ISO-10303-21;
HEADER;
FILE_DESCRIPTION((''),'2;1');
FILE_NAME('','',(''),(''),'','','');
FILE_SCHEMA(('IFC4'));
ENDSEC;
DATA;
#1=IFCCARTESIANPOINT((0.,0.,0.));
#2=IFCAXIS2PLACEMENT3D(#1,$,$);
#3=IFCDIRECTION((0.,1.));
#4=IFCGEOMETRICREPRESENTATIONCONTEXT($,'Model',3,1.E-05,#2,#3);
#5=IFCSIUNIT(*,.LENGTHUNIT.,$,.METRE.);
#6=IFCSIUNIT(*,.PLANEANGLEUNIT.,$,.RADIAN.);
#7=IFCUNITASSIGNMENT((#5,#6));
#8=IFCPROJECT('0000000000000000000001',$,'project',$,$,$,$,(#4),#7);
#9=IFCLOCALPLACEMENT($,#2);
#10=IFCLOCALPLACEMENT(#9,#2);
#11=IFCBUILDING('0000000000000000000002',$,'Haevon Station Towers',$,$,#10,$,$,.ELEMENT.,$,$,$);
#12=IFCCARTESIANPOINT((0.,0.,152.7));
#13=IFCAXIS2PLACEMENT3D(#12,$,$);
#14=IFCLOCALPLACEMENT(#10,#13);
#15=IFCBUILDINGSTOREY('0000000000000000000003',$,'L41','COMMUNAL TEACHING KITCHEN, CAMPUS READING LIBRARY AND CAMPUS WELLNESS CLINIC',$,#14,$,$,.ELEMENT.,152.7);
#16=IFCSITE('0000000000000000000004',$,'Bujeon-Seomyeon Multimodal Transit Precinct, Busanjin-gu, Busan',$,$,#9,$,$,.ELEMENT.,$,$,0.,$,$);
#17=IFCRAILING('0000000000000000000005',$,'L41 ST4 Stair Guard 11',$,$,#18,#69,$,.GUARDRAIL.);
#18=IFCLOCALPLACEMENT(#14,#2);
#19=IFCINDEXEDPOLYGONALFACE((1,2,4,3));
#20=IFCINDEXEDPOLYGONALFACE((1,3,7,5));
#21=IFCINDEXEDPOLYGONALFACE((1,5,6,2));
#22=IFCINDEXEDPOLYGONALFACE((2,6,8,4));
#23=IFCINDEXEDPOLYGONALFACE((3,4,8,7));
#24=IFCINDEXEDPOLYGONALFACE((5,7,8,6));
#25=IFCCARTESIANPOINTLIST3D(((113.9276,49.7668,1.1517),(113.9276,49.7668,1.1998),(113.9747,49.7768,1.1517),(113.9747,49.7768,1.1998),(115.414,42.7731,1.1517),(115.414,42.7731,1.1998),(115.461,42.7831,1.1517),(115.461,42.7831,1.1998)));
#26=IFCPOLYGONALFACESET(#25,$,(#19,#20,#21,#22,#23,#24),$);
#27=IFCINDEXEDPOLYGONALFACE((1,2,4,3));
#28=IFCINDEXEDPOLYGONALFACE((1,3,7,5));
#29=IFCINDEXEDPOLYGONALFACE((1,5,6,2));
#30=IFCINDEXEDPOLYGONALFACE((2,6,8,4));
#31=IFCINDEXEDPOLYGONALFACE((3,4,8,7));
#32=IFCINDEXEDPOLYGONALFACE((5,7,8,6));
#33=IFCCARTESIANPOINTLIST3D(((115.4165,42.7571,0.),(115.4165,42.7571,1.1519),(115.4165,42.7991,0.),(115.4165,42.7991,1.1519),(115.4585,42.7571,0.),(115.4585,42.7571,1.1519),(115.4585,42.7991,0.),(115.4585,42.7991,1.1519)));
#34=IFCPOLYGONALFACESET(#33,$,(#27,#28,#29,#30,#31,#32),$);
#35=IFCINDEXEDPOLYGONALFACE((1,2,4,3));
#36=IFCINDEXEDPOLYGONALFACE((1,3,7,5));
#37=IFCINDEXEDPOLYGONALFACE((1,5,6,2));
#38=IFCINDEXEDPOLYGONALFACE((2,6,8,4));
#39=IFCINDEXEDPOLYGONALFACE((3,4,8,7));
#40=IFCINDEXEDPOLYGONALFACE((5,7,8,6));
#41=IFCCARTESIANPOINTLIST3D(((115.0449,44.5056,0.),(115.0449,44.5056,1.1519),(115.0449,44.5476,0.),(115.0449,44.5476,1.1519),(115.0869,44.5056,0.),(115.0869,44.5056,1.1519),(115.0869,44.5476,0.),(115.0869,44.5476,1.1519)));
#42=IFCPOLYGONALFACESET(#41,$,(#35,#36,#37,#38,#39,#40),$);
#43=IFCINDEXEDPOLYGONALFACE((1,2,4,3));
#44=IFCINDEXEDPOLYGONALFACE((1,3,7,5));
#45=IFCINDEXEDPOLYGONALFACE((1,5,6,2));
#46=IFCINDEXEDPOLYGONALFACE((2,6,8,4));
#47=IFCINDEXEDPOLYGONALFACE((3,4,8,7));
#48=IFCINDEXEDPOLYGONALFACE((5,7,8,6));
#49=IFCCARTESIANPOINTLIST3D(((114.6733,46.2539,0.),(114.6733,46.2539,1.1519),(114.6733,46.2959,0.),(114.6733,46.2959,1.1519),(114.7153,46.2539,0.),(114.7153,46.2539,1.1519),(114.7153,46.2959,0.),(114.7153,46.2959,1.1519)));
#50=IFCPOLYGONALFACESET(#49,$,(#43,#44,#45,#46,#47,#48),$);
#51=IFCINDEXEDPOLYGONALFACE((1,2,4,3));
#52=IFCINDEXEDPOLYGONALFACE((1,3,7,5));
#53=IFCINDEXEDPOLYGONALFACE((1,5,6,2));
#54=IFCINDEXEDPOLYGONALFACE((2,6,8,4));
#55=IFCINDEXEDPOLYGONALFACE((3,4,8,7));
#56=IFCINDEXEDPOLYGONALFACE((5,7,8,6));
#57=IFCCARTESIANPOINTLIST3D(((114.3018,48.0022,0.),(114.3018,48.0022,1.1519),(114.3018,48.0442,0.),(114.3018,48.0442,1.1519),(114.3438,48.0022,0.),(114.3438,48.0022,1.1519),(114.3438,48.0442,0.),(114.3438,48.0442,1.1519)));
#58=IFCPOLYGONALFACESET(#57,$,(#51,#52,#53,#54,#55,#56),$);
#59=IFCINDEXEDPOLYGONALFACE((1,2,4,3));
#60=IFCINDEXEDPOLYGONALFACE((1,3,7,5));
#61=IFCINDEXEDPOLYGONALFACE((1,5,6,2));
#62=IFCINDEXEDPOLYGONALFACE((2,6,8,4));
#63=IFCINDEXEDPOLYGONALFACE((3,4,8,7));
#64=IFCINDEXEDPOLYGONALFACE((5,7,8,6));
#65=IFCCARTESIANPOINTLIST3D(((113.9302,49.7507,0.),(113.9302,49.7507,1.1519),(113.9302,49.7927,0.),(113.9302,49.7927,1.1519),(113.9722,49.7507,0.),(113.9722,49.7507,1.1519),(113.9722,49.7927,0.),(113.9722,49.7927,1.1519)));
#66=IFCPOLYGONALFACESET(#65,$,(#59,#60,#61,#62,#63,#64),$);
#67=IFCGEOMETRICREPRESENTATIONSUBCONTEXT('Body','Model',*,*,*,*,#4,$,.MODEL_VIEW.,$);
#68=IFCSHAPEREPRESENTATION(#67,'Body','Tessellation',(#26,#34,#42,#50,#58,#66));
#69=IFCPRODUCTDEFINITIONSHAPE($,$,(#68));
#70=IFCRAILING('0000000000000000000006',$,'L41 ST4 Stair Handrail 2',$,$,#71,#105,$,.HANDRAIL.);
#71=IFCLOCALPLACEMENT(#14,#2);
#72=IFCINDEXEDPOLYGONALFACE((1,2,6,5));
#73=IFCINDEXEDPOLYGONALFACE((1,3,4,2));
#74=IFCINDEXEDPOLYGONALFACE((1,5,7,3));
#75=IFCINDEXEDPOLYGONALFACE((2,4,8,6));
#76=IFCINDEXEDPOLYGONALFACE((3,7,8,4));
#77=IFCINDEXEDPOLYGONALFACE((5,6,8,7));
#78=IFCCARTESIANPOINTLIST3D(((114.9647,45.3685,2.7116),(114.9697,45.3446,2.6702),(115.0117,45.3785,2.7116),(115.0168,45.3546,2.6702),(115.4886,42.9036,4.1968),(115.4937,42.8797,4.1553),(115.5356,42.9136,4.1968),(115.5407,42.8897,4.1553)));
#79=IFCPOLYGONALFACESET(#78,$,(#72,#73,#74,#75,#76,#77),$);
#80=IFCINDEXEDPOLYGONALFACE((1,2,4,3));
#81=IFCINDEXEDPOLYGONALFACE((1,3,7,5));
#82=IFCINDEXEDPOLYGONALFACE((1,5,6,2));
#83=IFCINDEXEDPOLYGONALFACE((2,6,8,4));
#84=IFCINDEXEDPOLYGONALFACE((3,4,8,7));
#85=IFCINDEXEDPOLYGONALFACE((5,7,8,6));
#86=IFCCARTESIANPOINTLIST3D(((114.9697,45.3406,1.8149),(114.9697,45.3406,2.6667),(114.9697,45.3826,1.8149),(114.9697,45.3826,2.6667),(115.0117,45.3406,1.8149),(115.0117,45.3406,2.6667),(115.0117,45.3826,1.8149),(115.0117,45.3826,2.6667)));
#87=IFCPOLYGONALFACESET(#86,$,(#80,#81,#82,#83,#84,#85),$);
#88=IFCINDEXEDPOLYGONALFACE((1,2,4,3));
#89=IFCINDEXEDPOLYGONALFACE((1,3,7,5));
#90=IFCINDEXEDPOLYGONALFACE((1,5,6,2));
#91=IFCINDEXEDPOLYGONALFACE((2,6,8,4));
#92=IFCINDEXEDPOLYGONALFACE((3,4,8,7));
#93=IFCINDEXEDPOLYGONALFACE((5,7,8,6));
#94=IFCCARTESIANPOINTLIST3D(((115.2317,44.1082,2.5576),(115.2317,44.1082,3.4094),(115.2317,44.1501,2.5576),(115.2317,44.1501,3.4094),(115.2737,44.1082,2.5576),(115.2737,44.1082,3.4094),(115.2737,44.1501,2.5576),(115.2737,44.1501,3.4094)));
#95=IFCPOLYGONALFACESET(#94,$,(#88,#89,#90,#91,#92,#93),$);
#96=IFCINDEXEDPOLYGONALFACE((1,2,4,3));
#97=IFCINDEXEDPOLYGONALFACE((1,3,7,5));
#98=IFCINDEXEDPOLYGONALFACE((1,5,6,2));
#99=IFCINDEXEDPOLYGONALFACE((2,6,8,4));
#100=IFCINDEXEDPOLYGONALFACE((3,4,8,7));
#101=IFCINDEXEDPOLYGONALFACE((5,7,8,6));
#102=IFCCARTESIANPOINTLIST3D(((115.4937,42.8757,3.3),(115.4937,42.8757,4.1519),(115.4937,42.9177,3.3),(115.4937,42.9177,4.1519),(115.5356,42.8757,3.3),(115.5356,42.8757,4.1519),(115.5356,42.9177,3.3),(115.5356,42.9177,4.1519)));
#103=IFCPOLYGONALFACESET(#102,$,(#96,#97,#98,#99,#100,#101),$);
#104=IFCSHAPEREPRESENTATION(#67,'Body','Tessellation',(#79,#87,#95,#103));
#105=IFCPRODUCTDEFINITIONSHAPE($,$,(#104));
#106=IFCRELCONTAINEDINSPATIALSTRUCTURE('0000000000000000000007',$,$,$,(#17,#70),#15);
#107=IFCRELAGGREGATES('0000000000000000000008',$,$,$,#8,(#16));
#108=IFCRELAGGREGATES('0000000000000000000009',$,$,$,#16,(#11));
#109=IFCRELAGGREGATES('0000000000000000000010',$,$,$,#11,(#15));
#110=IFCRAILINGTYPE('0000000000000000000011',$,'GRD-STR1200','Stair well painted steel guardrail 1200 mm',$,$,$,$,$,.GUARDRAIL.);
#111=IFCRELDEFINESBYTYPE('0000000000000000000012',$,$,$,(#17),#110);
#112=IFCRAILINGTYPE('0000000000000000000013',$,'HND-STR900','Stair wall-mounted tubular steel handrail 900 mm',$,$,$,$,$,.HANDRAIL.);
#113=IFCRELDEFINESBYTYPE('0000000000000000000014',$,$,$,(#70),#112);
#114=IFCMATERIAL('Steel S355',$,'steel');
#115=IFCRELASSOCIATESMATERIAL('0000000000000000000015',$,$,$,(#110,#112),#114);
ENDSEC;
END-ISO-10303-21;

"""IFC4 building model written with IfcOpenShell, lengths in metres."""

from ifc_helpers import new_model, si_unit, direction, frame, origin, origin_2d, place, context, subcontext, project, spatial, rectangle, extrude, material, type_object, element, save


model = new_model("IFC4")

# Units and contexts
model_context = context("Model", 3, precision=1e-05, world=origin(), true_north=direction((0.0, 1.0)))
body_context = subcontext(model_context, "Body", "Model", "MODEL_VIEW")
ifc_project = project(units=[si_unit("LENGTHUNIT", "METRE"), si_unit("PLANEANGLEUNIT", "RADIAN")], contexts=[model_context])

# Site, building, storey
site_placement = place(None, origin())
site = spatial("IfcSite", under=ifc_project, at=site_placement, Name="Bujeon-Seomyeon Multimodal Transit Precinct, Busanjin-gu, Busan", CompositionType="ELEMENT", RefElevation=0.0)
building_placement = place(site_placement, origin())
building = spatial("IfcBuilding", under=site, at=building_placement, Name="Haevon Station Towers", CompositionType="ELEMENT")
storey_placement = place(building_placement, frame((0.0, 0.0, 152.7)))
storey = spatial("IfcBuildingStorey", under=building, at=storey_placement, Name="L41", Description="COMMUNAL TEACHING KITCHEN, CAMPUS READING LIBRARY AND CAMPUS WELLNESS CLINIC", CompositionType="ELEMENT", Elevation=152.7)

# Shared definitions
ifc_material_1 = material(Name="Steel S355", Category="steel")

# Railings
railing_type_1 = type_object("IfcRailingType", Name="GRD-STR1200", Description="Stair well painted steel guardrail 1200 mm", PredefinedType="GUARDRAIL", material=ifc_material_1)
railing_1_placement = place(storey_placement, frame((115.4375, 42.7781, 0.0)))
element("IfcRailing", 1, at=railing_1_placement, inside=storey, type_object=railing_type_1, Name="L41 ST4 Stair Guard 11", PredefinedType="GUARDRAIL", context=body_context, shape_type="SweptSolid", body=[
    extrude(rectangle(XDim=0.0481, YDim=0.0481, at=origin_2d()), frame((0.0, 0.0, 1.1758), z_axis=(-0.207882, 0.978154, 0.0), x_axis=(-0.978154, -0.207882, 0.0)), (0.0, 0.0, 1.0), 7.1499),
    extrude(rectangle(XDim=0.042, YDim=0.042, at=origin_2d()), origin(), (0.0, 0.0, 1.0), 1.1519),
    extrude(rectangle(XDim=0.042, YDim=0.042, at=origin_2d()), frame((-0.3716, 1.7485, 0.0)), (0.0, 0.0, 1.0), 1.1519),
    extrude(rectangle(XDim=0.042, YDim=0.042, at=origin_2d()), frame((-0.7432, 3.4968, 0.0)), (0.0, 0.0, 1.0), 1.1519),
    extrude(rectangle(XDim=0.042, YDim=0.042, at=origin_2d()), frame((-1.1147, 5.2451, 0.0)), (0.0, 0.0, 1.0), 1.1519),
    extrude(rectangle(XDim=0.042, YDim=0.042, at=origin_2d()), frame((-1.4863, 6.9937, 0.0)), (0.0, 0.0, 1.0), 1.1519),
])
railing_type_2 = type_object("IfcRailingType", Name="HND-STR900", Description="Stair wall-mounted tubular steel handrail 900 mm", PredefinedType="HANDRAIL", material=ifc_material_1)
railing_2_placement = place(storey_placement, frame((114.9907, 45.3616, 1.8149)))
element("IfcRailing", 2, at=railing_2_placement, inside=storey, type_object=railing_type_2, Name="L41 ST4 Stair Handrail 2", PredefinedType="HANDRAIL", context=body_context, shape_type="SweptSolid", body=[
    extrude(rectangle(XDim=0.0481, YDim=0.0481, at=origin_2d()), frame((0.0, 0.0, 0.876), z_axis=(0.179121, -0.842688, 0.507733), x_axis=(0.978147, 0.207914, 0.0)), (0.0, 0.0, 1.0), 2.925),
    extrude(rectangle(XDim=0.042, YDim=0.042, at=origin_2d()), origin(), (0.0, 0.0, 1.0), 0.8518),
    extrude(rectangle(XDim=0.042, YDim=0.042, at=origin_2d()), frame((0.262, -1.2324, 0.7427)), (0.0, 0.0, 1.0), 0.8518),
    extrude(rectangle(XDim=0.042, YDim=0.042, at=origin_2d()), frame((0.5239, -2.4648, 1.4851)), (0.0, 0.0, 1.0), 0.8518),
])

save(model, "model.ifc")
